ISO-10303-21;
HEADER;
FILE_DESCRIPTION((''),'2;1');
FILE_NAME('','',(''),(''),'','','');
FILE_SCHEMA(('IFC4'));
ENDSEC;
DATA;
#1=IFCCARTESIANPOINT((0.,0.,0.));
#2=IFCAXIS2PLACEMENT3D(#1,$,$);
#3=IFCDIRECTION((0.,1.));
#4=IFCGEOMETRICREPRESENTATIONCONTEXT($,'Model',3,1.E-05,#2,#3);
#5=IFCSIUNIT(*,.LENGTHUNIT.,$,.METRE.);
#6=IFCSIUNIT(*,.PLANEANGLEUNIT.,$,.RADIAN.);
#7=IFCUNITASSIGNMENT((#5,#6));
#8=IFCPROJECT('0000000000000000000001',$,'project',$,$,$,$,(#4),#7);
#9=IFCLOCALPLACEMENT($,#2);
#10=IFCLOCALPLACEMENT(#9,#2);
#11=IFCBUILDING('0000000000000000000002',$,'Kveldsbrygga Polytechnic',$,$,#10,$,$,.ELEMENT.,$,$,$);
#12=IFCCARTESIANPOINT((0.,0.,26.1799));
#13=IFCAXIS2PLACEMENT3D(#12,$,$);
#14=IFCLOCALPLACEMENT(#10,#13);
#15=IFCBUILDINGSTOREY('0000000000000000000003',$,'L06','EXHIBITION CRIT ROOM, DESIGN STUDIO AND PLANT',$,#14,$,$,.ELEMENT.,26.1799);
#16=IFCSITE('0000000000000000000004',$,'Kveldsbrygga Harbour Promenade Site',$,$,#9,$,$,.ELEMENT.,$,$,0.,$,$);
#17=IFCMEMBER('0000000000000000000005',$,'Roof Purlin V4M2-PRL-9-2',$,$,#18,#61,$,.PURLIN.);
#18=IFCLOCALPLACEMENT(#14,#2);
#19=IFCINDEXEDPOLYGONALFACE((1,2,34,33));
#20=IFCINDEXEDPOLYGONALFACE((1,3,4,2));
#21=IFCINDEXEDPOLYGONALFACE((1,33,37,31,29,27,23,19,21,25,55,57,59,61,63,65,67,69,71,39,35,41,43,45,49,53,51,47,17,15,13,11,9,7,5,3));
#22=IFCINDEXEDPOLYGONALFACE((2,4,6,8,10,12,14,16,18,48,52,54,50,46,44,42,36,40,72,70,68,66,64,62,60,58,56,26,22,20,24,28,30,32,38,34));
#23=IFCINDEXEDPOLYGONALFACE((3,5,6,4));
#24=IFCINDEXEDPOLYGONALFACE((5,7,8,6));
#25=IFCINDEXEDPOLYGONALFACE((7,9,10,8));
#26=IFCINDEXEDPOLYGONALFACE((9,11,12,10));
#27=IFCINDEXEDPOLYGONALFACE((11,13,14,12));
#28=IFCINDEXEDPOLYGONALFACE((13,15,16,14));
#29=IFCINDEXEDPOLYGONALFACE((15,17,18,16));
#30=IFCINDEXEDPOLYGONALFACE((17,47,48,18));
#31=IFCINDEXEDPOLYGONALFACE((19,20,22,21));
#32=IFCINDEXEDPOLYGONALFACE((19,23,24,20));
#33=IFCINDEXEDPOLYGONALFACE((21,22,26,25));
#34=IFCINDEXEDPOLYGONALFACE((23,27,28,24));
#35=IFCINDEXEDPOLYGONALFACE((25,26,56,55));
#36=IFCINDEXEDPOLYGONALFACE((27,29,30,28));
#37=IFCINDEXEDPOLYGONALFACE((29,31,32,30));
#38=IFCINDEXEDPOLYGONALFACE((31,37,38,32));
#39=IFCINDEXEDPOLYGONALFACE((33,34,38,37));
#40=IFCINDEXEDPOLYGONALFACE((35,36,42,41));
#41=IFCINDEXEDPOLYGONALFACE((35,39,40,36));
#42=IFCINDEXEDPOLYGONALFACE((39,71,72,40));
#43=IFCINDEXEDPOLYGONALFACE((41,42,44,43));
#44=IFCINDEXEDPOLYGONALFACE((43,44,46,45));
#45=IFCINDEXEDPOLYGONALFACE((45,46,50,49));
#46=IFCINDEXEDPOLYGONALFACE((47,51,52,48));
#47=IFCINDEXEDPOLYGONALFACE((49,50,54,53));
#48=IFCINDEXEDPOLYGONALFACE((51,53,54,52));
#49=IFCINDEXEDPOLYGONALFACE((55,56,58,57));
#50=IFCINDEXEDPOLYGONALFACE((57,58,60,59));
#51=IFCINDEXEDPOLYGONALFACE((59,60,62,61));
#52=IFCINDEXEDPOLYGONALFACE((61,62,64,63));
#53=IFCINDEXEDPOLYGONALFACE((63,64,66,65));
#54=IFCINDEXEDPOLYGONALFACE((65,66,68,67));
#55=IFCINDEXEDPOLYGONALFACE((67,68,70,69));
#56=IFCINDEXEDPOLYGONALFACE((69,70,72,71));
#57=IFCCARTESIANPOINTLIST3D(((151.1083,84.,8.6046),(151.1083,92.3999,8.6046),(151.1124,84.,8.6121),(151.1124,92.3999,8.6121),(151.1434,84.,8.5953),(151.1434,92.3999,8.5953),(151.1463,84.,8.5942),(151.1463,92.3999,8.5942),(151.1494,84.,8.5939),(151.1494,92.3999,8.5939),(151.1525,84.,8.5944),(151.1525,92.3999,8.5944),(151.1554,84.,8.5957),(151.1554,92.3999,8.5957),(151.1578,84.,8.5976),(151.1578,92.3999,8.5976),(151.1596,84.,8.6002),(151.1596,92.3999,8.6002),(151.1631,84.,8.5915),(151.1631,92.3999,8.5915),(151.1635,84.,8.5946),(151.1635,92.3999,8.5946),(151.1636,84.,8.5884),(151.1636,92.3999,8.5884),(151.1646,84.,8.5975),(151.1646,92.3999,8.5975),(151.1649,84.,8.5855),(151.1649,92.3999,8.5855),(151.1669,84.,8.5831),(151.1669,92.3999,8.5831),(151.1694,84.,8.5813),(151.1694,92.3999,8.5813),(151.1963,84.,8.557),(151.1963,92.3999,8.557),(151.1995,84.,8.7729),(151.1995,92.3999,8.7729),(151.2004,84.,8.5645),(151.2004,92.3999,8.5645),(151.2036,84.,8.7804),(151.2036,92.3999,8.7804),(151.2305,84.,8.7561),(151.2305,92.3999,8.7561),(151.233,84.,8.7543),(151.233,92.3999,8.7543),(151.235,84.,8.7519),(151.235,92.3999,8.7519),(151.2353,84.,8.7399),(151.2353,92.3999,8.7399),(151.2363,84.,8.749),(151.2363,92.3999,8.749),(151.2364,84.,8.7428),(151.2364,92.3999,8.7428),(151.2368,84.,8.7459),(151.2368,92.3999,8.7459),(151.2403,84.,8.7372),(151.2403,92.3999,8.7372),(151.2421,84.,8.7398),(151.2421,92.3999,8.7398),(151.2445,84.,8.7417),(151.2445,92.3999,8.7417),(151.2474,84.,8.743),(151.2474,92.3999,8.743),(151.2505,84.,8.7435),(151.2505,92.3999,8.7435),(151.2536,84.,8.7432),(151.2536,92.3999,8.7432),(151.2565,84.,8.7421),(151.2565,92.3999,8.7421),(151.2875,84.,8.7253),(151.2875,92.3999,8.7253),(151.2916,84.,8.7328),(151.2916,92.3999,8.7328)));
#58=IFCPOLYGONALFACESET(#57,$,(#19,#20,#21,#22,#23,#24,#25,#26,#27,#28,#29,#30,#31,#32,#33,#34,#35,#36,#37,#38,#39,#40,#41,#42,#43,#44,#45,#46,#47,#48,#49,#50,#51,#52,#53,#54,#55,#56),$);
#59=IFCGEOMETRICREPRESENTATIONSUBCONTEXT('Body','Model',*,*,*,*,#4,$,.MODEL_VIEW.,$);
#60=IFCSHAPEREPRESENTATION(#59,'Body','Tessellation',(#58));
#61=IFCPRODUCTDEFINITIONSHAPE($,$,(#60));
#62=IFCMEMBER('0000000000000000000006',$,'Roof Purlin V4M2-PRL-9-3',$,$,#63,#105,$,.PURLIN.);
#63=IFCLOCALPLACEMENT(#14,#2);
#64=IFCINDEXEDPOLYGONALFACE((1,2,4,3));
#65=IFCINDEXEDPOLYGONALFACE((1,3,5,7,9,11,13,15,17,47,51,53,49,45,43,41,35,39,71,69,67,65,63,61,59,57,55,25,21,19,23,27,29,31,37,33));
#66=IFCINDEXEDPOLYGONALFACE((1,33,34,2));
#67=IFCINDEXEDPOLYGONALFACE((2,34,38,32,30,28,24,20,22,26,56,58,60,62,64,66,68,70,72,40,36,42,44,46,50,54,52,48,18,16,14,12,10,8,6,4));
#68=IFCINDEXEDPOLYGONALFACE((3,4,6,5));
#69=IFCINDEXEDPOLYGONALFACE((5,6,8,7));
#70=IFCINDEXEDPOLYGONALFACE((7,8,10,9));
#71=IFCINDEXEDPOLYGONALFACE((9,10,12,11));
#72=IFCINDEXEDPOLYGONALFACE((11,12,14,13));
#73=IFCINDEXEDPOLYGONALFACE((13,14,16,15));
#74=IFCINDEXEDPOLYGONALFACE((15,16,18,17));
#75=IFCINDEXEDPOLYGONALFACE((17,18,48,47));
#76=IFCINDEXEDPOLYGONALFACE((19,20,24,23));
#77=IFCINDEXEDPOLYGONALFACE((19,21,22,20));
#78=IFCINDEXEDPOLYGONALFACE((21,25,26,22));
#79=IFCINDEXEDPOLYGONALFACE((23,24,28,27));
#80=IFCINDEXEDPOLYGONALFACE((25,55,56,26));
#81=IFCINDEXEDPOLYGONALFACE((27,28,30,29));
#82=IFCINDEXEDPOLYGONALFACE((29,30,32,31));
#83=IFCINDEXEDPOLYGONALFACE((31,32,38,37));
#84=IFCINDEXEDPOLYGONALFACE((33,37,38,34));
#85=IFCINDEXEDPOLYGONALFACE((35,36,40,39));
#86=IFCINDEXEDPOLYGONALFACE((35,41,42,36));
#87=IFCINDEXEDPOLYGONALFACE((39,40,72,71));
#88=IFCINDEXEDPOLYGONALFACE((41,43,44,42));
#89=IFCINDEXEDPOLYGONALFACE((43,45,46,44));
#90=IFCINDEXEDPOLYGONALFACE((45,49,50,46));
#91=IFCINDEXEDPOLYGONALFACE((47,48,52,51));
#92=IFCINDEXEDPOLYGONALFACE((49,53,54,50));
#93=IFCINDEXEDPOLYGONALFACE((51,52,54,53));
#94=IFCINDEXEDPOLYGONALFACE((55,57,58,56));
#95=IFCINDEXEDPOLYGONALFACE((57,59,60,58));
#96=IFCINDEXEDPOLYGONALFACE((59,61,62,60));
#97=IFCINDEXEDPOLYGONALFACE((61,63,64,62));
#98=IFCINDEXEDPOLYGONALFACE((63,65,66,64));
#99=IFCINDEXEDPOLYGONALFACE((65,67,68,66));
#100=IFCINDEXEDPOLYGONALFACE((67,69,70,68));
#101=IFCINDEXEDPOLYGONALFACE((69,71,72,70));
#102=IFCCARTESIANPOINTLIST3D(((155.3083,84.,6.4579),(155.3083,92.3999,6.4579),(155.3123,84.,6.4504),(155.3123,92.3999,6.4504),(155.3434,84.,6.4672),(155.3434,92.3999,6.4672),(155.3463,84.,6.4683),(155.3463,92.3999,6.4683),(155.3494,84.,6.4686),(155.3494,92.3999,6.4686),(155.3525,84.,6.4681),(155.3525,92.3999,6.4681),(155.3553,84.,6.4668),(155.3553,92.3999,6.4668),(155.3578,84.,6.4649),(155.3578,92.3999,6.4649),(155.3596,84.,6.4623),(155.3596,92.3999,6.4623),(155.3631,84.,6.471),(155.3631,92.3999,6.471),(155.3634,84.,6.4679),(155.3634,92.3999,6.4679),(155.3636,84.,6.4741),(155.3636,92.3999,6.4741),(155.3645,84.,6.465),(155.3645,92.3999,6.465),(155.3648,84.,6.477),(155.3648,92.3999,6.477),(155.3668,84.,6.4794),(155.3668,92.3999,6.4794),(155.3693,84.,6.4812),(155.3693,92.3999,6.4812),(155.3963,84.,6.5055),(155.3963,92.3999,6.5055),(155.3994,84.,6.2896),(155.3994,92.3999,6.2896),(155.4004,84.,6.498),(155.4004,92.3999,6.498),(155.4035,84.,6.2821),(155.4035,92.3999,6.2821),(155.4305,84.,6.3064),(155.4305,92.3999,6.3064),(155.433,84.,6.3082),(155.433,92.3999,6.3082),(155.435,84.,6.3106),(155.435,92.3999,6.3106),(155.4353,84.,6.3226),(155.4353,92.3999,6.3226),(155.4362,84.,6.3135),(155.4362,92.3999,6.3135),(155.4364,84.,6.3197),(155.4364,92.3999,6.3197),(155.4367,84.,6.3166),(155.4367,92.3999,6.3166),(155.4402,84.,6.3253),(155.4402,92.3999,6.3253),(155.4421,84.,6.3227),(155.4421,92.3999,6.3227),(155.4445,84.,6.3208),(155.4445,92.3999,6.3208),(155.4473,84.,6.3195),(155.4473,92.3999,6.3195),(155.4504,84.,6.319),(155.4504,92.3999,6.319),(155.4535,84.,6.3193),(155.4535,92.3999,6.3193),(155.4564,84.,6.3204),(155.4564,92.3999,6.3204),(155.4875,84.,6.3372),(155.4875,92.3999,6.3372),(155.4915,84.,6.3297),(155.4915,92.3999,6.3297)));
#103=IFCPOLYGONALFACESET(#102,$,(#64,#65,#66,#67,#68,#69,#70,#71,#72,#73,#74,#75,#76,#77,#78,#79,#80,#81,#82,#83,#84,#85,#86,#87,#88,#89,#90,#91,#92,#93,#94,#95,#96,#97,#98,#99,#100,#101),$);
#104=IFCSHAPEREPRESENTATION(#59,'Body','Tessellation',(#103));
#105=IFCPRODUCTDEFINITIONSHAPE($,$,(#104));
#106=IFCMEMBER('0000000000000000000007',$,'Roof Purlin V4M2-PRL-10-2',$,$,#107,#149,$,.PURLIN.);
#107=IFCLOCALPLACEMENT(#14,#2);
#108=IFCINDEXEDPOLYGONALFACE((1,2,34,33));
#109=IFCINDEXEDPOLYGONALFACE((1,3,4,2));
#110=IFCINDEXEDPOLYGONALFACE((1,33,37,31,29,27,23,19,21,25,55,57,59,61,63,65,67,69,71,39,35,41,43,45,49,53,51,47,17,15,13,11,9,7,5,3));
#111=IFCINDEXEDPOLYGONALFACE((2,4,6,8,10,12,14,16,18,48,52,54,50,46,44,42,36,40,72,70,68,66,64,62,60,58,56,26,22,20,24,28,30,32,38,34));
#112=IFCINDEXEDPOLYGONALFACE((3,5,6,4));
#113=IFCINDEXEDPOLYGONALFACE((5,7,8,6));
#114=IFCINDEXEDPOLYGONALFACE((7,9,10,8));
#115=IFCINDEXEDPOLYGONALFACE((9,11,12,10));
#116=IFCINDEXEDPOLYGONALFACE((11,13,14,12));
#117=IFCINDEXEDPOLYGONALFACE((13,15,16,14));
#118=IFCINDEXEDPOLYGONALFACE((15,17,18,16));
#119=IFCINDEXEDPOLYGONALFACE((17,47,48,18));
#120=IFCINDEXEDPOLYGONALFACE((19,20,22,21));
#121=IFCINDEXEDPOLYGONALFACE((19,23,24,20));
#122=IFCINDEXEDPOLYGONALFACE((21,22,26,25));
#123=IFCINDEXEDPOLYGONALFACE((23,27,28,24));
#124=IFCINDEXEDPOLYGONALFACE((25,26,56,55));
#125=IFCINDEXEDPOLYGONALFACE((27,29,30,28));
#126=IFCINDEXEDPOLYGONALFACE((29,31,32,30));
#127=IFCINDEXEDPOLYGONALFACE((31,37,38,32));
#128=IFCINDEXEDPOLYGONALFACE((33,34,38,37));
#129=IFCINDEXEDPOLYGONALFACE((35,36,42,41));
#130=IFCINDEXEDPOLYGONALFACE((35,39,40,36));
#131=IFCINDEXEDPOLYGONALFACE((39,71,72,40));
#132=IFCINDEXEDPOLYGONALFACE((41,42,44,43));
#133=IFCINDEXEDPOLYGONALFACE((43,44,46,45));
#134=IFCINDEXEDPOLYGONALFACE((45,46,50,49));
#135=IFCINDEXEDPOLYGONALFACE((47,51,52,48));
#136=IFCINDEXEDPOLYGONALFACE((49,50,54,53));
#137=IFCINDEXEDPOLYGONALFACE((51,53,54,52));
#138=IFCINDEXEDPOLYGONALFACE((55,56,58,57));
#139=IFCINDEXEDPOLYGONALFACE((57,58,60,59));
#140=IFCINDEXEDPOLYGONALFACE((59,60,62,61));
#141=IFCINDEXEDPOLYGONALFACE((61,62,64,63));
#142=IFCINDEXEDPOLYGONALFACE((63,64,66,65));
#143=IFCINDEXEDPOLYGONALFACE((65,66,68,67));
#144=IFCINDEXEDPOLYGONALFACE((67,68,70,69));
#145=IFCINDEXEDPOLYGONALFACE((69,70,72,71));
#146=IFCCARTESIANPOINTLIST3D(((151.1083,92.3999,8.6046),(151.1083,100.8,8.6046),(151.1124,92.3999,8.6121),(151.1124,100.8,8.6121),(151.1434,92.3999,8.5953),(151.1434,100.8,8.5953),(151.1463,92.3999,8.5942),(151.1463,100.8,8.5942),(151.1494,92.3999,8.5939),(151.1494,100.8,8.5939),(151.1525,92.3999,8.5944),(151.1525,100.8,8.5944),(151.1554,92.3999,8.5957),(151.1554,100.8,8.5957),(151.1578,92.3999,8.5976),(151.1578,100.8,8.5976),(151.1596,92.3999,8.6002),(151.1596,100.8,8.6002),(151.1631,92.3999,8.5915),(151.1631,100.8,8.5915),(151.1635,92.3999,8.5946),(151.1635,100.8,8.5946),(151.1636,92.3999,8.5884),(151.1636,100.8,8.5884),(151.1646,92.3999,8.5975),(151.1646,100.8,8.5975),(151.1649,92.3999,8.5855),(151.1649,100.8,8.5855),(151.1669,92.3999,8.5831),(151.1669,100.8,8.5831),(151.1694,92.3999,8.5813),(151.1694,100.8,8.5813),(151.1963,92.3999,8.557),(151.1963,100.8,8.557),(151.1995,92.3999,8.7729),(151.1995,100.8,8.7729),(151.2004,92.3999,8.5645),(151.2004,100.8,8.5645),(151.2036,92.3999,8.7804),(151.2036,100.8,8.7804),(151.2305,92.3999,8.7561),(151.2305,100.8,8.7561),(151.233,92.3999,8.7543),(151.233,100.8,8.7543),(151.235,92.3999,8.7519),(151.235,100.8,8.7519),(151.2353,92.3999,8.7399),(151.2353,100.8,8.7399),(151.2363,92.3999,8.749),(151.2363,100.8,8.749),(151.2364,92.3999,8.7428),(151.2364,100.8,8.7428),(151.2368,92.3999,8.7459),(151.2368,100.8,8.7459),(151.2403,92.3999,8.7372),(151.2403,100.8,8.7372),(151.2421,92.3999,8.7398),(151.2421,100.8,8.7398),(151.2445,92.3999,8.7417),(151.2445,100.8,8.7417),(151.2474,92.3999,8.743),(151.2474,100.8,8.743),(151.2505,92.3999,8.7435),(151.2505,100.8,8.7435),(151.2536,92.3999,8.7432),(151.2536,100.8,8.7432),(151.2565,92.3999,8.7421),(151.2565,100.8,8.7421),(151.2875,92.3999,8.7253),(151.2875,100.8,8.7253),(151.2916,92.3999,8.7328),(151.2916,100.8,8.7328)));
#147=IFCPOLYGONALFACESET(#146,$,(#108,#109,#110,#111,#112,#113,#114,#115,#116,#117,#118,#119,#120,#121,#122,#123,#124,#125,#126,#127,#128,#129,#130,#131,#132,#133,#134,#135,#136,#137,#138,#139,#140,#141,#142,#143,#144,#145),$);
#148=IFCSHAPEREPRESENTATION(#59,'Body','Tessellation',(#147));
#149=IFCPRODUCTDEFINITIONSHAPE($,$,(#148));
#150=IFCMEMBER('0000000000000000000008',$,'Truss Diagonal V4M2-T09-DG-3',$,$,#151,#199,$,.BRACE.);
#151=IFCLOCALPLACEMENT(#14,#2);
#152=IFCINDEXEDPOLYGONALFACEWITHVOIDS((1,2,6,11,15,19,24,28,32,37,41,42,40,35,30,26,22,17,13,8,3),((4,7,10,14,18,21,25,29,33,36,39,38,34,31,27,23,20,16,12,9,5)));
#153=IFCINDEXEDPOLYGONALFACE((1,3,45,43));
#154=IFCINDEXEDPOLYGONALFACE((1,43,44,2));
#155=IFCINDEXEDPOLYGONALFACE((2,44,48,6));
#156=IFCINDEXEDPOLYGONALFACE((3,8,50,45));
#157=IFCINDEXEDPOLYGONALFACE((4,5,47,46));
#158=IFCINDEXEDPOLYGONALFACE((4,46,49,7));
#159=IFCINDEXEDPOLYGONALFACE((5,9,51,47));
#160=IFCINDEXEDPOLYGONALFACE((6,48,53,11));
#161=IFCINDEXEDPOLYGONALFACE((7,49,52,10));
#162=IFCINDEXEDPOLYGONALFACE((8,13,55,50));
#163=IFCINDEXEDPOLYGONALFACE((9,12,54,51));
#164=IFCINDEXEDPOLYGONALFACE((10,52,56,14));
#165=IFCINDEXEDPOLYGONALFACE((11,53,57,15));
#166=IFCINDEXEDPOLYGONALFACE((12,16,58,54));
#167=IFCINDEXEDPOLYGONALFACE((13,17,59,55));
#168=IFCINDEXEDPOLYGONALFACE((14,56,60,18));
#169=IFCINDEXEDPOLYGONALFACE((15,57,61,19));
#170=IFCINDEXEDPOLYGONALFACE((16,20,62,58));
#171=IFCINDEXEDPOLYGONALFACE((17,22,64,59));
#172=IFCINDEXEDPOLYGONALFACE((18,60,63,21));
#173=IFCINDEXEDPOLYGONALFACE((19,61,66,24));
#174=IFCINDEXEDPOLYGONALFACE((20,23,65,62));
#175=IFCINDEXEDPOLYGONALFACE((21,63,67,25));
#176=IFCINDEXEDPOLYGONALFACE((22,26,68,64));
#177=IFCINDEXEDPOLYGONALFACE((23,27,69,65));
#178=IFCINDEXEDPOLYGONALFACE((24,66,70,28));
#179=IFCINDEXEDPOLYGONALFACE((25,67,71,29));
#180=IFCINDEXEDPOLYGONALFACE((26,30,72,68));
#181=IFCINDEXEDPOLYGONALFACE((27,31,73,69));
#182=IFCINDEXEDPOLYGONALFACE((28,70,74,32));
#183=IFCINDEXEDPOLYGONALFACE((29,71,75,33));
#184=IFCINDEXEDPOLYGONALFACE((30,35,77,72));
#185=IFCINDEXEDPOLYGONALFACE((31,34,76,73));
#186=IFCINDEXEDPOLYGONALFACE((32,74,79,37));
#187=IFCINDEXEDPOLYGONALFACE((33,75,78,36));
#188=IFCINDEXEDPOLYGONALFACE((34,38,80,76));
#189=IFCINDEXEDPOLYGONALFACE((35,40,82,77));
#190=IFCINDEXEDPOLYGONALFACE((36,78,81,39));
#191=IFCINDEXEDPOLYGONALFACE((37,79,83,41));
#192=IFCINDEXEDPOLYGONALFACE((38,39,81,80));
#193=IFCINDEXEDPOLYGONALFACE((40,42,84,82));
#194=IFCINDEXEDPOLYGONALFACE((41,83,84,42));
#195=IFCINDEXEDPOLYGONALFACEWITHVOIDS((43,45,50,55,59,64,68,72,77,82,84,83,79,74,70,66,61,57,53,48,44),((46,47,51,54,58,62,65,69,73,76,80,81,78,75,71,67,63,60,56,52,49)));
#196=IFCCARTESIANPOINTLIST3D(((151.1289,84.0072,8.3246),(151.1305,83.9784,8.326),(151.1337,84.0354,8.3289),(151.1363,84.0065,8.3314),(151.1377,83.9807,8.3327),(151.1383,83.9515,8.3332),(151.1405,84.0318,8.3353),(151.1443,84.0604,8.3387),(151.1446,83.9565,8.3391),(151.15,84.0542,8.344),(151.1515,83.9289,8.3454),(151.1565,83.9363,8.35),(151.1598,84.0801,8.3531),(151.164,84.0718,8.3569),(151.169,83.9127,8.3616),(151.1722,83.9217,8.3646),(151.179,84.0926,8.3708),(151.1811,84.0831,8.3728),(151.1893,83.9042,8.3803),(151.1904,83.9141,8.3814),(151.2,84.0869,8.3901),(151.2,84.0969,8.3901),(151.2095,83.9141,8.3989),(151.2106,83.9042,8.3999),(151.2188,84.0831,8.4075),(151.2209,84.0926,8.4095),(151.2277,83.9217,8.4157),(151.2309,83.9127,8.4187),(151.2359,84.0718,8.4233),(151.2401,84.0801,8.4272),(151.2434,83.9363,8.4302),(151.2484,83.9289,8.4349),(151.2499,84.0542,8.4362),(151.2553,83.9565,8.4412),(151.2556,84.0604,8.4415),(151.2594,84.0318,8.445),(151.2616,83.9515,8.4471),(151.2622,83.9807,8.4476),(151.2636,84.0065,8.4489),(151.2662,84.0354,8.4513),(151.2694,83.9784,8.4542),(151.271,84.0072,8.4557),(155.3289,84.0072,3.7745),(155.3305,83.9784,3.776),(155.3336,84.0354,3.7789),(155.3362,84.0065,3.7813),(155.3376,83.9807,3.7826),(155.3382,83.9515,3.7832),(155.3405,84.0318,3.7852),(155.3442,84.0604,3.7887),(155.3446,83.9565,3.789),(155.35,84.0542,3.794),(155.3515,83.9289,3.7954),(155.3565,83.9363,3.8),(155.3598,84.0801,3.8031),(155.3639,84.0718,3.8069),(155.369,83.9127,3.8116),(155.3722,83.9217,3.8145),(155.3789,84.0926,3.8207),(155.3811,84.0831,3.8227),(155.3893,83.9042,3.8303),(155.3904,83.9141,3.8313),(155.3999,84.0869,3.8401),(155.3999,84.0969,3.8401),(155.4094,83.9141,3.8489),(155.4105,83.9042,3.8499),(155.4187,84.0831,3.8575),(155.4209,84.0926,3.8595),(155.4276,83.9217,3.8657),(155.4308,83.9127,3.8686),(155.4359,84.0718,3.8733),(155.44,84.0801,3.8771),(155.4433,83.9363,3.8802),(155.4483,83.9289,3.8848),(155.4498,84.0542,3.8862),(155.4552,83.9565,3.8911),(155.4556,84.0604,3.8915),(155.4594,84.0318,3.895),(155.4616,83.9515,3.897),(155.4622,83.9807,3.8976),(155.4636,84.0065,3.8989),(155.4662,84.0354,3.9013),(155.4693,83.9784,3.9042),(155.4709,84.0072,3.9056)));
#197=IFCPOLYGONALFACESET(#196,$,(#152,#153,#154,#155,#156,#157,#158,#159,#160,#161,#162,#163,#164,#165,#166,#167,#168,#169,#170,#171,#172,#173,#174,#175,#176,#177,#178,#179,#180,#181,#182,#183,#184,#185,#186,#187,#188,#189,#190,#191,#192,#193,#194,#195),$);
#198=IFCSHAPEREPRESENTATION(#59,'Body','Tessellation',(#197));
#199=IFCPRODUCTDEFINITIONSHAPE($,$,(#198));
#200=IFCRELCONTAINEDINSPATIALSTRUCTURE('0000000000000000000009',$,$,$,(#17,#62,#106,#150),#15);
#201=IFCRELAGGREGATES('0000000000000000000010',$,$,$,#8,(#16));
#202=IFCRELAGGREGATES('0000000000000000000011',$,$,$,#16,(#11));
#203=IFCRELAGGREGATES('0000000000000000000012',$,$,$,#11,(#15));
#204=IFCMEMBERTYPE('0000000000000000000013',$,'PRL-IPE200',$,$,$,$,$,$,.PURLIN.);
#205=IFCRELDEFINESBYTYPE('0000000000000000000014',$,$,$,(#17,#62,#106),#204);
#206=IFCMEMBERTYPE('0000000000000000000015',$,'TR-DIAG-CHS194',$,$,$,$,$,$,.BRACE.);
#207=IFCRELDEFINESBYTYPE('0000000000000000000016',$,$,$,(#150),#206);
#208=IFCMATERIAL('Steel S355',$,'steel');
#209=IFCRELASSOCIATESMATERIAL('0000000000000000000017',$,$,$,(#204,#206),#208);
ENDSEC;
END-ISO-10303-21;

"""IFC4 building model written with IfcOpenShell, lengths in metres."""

from ifc_helpers import new_model, si_unit, direction, frame, origin, origin_2d, place, context, subcontext, project, spatial, hollow_circle, i_section, extrude, material, material_profile, profile_set, type_object, element, save


model = new_model("IFC4")

# Units and contexts
model_context = context("Model", 3, precision=1e-05, world=origin(), true_north=direction((0.0, 1.0)))
body_context = subcontext(model_context, "Body", "Model", "MODEL_VIEW")
ifc_project = project(units=[si_unit("LENGTHUNIT", "METRE"), si_unit("PLANEANGLEUNIT", "RADIAN")], contexts=[model_context])

# Site, building, storey
site_placement = place(None, origin())
site = spatial("IfcSite", under=ifc_project, at=site_placement, Name="Kveldsbrygga Harbour Promenade Site", CompositionType="ELEMENT", RefElevation=0.0)
building_placement = place(site_placement, origin())
building = spatial("IfcBuilding", under=site, at=building_placement, Name="Kveldsbrygga Polytechnic", CompositionType="ELEMENT")
storey_placement = place(building_placement, frame((0.0, 0.0, 26.1799)))
storey = spatial("IfcBuildingStorey", under=building, at=storey_placement, Name="L06", Description="EXHIBITION CRIT ROOM, DESIGN STUDIO AND PLANT", CompositionType="ELEMENT", Elevation=26.1799)

# Shared definitions
ifc_material_1 = material(Name="Steel S355", Category="steel")

# Members
ifc_material_profile_1 = material_profile(ifc_material_1, i_section(OverallWidth=0.1001, OverallDepth=0.2, WebThickness=0.0056, FlangeThickness=0.0085, FilletRadius=0.012, at=origin_2d()), Name="IPE 200")
ifc_profile_set_1 = profile_set([ifc_material_profile_1], Name="Steel S355")
member_type_1 = type_object("IfcMemberType", Name="PRL-IPE200", PredefinedType="PURLIN", material=ifc_profile_set_1)
for number, where, z_axis, x_axis, name in (
    (1, (151.2, 84.0, 8.6687), (0.0, 1.0, 0.0), (-0.879292, 0.0, 0.476283), "Roof Purlin V4M2-PRL-9-2"),
    (2, (155.3999, 84.0, 6.3938), (0.0, 1.0, 0.0), (-0.879292, 0.0, -0.476283), "Roof Purlin V4M2-PRL-9-3"),
):
    element("IfcMember", number, at=place(storey_placement, frame(where, z_axis=z_axis, x_axis=x_axis)), inside=storey, type_object=member_type_1, Name=name, PredefinedType="PURLIN", context=body_context, shape_type="SweptSolid", body=[
        extrude(i_section(OverallWidth=0.1001, OverallDepth=0.2, WebThickness=0.0056, FlangeThickness=0.0085, FilletRadius=0.012, at=origin_2d()), origin(), (0.0, 0.0, 1.0), 8.3999),
    ])
member_1_placement = place(storey_placement, frame((151.2, 92.3999, 8.6687), z_axis=(0.0, 1.0, 0.0), x_axis=(-0.879292, 0.0, 0.476283)))
element("IfcMember", 3, at=member_1_placement, inside=storey, type_object=member_type_1, Name="Roof Purlin V4M2-PRL-10-2", PredefinedType="PURLIN", context=body_context, shape_type="SweptSolid", body=[
    extrude(i_section(OverallWidth=0.1001, OverallDepth=0.2, WebThickness=0.0056, FlangeThickness=0.0085, FilletRadius=0.012, at=origin_2d()), origin(), (0.0, 0.0, 1.0), 8.4001),
])
ifc_material_profile_2 = material_profile(ifc_material_1, hollow_circle(Radius=0.0969, WallThickness=0.01, at=origin_2d()), Name="CHS 193.7x10.0")
ifc_profile_set_2 = profile_set([ifc_material_profile_2], Name="Steel S355")
member_type_2 = type_object("IfcMemberType", Name="TR-DIAG-CHS194", PredefinedType="BRACE", material=ifc_profile_set_2)
for number, where, z_axis, x_axis, name in (
    (4, (151.2, 84.0, 8.3901), (0.678272, 0.0, -0.734811), (0.0, 1.0, 0.0), "Truss Diagonal V4M2-T09-DG-3"),
):
    element("IfcMember", number, at=place(storey_placement, frame(where, z_axis=z_axis, x_axis=x_axis)), inside=storey, type_object=member_type_2, Name=name, PredefinedType="BRACE", context=body_context, shape_type="SweptSolid", body=[
        extrude(hollow_circle(Radius=0.0969, WallThickness=0.01, at=origin_2d()), origin(), (0.0, 0.0, 1.0), 6.1921),
    ])

save(model, "model.ifc")
